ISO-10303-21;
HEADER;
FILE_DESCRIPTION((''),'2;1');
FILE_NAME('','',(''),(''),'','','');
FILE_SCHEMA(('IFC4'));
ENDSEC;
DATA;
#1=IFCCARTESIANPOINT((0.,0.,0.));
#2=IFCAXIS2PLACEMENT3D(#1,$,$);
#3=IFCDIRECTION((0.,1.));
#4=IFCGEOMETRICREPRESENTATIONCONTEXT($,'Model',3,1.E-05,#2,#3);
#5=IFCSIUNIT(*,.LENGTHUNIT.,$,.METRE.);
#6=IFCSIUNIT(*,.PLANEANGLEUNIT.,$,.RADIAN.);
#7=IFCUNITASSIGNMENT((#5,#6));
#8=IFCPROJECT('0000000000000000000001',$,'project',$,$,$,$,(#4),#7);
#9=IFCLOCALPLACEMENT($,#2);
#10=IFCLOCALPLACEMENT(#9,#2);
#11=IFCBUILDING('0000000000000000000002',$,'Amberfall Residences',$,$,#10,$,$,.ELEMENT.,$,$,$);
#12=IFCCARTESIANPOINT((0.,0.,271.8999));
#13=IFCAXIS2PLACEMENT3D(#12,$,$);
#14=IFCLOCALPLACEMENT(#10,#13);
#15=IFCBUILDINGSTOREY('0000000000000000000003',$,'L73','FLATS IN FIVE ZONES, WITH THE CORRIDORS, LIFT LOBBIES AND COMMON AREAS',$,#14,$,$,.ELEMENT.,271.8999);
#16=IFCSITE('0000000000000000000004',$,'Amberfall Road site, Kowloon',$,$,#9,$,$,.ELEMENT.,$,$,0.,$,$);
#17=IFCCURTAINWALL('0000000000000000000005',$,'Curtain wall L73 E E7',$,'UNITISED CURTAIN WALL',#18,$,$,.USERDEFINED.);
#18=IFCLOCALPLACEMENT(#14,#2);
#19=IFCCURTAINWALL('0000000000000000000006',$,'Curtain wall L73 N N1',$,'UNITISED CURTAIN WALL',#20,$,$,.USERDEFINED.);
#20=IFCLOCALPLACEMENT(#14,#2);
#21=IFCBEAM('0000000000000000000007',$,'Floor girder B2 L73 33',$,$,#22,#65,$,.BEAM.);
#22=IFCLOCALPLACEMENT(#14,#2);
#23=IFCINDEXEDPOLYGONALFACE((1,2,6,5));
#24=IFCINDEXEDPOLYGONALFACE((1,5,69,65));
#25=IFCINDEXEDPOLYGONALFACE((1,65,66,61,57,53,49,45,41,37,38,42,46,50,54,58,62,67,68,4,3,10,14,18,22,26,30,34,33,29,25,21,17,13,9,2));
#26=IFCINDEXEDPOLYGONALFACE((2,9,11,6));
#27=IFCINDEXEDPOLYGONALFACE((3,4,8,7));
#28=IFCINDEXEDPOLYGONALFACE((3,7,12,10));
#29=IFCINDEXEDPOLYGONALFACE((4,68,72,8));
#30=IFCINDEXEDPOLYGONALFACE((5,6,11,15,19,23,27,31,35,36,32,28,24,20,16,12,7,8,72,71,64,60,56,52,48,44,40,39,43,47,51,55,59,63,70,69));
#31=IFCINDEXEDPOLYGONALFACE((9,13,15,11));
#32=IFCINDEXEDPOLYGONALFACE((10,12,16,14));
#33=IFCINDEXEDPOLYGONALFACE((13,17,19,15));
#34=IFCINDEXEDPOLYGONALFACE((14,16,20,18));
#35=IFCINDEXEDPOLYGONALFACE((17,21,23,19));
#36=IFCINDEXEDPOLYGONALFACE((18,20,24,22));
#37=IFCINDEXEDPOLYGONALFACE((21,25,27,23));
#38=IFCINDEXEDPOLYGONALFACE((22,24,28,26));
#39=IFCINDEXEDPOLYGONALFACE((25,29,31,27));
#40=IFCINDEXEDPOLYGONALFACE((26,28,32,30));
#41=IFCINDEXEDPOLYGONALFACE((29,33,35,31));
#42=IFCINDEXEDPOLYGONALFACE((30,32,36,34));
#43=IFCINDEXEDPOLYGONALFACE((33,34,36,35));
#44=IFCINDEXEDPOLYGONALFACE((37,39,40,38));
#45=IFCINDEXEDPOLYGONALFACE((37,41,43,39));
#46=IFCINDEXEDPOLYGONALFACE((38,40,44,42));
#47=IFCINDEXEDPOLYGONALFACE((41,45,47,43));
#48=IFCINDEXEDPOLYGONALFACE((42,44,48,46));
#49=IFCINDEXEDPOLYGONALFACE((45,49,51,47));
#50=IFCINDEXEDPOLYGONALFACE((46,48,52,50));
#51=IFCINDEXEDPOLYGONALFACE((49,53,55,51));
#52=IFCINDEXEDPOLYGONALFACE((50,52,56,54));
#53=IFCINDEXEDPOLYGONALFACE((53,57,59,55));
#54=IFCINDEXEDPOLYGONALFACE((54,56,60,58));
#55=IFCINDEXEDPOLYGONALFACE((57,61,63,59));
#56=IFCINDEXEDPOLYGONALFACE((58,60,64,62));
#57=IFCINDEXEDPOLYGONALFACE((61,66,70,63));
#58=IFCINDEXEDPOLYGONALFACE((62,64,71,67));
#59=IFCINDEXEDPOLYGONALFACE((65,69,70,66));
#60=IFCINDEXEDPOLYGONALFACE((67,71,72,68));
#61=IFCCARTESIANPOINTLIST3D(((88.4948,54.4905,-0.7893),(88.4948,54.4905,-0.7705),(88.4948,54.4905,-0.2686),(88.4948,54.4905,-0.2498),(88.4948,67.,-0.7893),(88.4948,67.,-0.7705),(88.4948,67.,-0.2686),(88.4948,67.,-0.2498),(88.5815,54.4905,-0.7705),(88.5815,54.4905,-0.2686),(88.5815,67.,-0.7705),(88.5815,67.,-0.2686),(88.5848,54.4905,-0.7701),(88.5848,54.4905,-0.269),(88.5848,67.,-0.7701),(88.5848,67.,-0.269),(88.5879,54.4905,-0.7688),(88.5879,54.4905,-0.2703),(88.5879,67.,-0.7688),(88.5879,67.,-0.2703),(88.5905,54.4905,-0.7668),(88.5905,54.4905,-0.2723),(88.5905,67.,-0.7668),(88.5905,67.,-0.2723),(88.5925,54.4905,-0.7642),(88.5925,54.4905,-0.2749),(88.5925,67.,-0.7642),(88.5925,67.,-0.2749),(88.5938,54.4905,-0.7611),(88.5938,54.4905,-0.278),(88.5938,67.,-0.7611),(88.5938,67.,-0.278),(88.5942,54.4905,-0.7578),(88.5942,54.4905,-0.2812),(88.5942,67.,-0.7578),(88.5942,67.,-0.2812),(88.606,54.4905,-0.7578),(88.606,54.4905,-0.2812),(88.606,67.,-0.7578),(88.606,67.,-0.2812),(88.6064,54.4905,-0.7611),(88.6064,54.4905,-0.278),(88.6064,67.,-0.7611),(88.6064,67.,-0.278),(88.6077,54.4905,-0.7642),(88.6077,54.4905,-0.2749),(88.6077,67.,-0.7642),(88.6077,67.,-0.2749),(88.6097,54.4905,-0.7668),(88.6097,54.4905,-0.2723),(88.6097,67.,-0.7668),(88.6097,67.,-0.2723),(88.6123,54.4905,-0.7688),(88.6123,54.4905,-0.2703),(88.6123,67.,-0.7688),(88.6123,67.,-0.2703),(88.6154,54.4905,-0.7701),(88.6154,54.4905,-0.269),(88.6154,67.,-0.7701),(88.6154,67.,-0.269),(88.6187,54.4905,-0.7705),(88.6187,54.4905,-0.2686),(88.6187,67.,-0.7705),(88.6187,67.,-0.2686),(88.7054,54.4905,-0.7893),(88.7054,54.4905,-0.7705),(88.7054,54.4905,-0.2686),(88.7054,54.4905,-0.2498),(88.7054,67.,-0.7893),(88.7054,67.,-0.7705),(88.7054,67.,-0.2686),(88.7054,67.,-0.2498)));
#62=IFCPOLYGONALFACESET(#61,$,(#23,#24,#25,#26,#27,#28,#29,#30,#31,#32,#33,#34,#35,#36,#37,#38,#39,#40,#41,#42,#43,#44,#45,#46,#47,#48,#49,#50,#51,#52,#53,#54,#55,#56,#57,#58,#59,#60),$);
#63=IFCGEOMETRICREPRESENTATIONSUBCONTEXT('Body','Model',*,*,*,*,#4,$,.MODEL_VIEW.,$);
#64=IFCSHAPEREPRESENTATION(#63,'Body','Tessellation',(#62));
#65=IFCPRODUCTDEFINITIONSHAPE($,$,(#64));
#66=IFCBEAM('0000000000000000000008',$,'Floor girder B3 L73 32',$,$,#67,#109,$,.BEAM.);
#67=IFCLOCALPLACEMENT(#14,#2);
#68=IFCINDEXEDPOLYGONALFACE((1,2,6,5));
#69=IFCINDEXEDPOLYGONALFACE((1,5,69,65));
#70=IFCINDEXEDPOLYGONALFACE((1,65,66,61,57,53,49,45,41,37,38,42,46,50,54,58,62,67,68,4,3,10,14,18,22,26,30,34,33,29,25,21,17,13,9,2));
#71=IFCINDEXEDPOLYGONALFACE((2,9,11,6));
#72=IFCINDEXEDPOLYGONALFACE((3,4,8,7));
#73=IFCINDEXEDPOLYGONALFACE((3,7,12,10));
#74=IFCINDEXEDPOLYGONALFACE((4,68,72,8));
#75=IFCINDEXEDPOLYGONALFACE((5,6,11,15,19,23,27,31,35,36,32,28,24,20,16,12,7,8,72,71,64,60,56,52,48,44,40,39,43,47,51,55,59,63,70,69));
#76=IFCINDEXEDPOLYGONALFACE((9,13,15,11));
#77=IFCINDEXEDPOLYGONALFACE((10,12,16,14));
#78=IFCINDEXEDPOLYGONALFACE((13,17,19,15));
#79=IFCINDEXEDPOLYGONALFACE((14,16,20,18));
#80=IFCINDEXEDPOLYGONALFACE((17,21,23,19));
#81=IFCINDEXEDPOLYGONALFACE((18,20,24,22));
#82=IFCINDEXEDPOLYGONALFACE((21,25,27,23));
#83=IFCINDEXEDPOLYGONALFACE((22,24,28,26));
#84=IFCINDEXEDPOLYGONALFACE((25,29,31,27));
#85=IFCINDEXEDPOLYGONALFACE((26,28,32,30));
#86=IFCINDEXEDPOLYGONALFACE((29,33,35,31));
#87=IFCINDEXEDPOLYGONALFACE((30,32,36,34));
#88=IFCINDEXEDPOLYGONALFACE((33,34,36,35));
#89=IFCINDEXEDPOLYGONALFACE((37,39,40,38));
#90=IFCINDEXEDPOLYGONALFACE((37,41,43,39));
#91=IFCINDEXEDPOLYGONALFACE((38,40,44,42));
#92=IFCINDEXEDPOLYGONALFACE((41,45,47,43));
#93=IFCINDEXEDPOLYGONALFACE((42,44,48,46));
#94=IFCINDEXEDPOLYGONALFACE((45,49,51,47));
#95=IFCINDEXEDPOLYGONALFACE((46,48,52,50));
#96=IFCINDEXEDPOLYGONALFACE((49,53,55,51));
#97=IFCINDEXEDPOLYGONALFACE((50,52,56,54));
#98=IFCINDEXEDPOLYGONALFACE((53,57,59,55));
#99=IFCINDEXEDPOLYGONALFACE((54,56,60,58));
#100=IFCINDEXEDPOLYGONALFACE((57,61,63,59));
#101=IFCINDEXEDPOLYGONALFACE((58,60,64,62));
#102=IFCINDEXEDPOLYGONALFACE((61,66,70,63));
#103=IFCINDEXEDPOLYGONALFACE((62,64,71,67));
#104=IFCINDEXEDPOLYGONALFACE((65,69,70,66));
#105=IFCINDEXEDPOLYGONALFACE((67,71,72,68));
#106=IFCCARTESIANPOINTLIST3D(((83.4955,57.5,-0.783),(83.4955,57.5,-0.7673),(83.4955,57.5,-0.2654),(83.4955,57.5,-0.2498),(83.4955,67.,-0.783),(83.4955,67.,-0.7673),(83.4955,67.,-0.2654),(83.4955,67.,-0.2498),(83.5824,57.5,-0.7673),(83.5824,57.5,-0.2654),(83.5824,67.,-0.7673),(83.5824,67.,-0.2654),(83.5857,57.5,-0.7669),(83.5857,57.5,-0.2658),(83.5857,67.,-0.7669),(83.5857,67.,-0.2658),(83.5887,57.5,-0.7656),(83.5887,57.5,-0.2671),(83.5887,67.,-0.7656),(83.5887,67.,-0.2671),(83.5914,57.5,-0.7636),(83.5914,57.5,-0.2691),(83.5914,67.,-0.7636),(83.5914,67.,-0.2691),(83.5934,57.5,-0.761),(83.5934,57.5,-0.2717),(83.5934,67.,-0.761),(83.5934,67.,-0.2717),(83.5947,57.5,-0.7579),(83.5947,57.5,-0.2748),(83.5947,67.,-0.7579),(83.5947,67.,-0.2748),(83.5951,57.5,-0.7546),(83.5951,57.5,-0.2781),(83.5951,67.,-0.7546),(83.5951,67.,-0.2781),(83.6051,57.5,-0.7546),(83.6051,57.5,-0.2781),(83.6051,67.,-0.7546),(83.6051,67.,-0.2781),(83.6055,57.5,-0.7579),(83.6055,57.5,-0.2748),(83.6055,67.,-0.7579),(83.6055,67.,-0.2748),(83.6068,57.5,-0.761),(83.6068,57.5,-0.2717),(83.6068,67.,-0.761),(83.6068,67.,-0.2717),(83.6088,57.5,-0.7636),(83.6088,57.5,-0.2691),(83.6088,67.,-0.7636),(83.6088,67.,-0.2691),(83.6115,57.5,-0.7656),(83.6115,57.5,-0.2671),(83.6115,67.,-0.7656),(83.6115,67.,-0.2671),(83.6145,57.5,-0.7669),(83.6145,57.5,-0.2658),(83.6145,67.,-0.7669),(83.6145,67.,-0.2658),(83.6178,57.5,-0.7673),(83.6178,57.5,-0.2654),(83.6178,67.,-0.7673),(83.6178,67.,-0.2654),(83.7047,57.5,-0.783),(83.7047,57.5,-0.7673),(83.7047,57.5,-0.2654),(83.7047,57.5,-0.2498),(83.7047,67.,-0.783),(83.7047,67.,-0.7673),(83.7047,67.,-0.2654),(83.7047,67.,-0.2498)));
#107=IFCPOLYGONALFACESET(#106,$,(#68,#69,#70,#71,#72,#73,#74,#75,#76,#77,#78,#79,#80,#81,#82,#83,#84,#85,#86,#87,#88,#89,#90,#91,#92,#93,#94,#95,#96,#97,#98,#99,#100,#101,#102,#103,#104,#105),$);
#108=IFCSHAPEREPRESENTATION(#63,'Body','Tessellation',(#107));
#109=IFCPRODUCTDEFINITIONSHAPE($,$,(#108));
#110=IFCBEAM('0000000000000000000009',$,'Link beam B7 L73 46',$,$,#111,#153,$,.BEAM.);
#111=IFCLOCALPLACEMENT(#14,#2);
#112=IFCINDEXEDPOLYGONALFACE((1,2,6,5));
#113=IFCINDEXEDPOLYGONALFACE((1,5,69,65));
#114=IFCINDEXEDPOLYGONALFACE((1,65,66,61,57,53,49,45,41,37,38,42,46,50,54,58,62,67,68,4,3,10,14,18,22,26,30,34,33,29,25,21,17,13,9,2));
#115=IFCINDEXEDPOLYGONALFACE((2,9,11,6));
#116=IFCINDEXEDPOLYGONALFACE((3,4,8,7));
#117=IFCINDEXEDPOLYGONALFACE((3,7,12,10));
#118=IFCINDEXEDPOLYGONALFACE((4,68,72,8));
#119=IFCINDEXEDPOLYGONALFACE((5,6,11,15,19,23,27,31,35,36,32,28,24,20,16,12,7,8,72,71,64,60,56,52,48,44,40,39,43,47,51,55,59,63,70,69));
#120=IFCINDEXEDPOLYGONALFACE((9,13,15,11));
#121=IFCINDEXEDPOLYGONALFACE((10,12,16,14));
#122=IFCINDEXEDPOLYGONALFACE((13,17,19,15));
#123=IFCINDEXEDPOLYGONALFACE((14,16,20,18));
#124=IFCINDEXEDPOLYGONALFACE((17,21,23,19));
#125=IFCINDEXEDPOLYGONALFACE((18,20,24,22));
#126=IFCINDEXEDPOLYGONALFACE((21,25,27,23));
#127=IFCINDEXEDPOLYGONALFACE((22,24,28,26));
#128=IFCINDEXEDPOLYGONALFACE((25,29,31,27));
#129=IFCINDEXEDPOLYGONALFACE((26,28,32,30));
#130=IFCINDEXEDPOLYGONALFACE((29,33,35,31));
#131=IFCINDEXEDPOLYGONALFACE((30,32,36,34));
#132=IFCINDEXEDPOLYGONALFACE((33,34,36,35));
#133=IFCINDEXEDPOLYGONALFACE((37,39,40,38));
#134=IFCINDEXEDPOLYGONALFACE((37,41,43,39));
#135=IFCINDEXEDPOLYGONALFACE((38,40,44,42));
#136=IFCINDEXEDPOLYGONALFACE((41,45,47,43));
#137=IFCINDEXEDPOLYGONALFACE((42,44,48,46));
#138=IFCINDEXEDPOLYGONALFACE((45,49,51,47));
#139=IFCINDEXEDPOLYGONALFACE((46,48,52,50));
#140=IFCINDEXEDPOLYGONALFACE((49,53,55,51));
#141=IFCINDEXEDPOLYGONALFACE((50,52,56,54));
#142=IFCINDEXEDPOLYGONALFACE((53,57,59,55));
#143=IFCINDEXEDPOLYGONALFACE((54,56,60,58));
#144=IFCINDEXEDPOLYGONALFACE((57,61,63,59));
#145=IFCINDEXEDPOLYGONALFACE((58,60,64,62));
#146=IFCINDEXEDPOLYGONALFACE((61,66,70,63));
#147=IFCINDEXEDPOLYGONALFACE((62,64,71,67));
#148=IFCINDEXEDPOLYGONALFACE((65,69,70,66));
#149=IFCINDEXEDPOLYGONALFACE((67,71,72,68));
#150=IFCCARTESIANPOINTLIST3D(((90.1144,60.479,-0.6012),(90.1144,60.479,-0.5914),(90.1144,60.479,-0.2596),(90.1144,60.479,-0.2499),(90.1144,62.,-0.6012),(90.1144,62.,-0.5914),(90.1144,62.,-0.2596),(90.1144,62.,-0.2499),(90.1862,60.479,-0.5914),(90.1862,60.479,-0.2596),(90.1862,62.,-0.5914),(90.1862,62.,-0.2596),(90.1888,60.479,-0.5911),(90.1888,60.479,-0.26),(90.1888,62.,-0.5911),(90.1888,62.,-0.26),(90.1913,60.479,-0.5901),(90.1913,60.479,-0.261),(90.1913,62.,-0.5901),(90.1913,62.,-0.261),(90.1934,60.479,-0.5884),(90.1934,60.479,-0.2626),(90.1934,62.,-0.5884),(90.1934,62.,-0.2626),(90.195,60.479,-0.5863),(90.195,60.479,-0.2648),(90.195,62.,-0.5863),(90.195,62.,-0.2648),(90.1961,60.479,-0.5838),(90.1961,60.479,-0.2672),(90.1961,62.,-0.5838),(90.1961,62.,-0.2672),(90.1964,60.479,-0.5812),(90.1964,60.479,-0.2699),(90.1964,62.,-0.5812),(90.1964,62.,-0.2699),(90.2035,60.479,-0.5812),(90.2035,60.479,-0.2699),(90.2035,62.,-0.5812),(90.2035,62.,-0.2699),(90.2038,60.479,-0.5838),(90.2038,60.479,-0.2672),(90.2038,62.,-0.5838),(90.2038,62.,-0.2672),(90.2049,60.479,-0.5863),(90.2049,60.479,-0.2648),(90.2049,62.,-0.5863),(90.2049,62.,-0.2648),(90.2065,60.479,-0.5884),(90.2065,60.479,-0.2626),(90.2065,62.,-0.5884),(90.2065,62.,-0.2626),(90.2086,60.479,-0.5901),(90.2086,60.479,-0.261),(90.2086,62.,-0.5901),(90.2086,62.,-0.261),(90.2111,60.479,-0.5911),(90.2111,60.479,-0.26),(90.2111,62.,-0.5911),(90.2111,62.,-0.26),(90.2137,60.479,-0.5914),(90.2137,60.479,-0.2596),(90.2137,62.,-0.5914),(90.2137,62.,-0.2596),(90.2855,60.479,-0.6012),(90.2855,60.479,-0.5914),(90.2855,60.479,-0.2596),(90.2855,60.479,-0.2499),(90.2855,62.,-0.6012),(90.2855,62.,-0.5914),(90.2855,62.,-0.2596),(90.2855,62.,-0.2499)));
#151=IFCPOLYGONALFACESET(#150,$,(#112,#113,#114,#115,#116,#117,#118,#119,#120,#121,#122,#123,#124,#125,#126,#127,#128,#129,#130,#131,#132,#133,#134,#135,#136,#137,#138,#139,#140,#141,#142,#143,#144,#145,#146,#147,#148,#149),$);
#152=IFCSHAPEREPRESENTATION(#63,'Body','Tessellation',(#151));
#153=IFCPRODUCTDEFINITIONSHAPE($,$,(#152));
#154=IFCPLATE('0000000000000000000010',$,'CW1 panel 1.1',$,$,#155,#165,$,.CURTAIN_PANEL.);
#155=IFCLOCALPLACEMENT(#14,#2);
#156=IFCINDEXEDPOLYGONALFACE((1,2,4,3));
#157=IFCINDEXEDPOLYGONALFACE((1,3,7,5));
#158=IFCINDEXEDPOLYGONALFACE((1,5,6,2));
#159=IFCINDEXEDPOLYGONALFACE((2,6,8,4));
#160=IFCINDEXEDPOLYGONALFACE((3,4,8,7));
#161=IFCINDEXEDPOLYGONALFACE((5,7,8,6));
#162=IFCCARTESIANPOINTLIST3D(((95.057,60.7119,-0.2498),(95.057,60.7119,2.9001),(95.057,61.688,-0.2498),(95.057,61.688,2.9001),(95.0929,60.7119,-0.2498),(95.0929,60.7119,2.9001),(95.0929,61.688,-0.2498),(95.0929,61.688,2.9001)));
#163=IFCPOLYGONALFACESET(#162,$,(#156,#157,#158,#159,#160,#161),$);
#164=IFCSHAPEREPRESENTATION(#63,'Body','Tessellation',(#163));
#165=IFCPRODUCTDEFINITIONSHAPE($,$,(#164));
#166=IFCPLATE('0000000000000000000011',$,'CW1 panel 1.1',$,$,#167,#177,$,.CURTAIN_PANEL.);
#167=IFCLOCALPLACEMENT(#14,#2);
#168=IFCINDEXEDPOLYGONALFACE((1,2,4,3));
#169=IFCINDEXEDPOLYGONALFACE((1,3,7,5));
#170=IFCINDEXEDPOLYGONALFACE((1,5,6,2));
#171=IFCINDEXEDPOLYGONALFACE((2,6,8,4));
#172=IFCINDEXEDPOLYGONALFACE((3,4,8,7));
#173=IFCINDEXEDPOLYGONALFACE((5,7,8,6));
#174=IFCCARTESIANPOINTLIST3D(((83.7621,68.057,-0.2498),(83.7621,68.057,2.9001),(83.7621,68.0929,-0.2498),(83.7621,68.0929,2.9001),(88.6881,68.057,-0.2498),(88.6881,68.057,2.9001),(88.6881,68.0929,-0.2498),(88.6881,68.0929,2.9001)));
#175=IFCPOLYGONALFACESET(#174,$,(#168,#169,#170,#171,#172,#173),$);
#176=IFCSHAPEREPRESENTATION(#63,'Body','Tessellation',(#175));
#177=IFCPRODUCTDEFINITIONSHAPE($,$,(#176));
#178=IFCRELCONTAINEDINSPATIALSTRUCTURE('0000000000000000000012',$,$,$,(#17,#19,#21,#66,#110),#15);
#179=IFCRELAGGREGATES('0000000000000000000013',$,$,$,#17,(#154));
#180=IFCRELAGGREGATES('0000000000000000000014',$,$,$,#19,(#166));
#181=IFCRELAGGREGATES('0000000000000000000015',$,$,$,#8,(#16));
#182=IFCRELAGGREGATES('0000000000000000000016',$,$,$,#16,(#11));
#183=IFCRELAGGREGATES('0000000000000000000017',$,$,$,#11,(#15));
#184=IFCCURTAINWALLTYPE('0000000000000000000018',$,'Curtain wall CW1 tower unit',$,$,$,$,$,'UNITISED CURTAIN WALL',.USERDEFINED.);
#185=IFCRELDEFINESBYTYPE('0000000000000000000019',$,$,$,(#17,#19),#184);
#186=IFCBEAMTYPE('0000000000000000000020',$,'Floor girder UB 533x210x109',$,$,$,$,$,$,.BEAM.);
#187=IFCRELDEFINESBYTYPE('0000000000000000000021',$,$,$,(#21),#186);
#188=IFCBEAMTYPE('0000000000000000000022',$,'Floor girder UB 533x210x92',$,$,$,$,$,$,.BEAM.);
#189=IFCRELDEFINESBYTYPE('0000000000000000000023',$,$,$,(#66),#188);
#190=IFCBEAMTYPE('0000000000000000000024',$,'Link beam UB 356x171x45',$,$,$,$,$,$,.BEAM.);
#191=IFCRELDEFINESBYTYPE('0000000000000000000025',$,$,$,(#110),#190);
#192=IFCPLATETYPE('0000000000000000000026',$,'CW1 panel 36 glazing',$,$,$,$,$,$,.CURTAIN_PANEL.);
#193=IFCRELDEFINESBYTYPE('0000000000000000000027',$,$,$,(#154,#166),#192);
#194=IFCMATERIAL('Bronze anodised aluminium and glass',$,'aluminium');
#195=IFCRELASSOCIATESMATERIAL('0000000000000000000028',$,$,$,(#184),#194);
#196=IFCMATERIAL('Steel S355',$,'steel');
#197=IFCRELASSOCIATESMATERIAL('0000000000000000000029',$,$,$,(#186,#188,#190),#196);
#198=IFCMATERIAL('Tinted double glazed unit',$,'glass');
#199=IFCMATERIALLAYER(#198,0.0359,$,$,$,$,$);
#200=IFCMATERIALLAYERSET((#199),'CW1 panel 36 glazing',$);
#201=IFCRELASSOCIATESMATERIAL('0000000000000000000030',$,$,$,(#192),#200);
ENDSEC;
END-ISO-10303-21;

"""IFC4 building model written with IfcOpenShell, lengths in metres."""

from ifc_helpers import new_model, si_unit, direction, frame, origin, origin_2d, place, context, subcontext, project, spatial, rectangle, i_section, extrude, material, layer, layer_set, material_profile, profile_set, type_object, element, aggregate, save


model = new_model("IFC4")

# Units and contexts
model_context = context("Model", 3, precision=1e-05, world=origin(), true_north=direction((0.0, 1.0)))
body_context = subcontext(model_context, "Body", "Model", "MODEL_VIEW")
ifc_project = project(units=[si_unit("LENGTHUNIT", "METRE"), si_unit("PLANEANGLEUNIT", "RADIAN")], contexts=[model_context])

# Site, building, storey
site_placement = place(None, origin())
site = spatial("IfcSite", under=ifc_project, at=site_placement, Name="Amberfall Road site, Kowloon", CompositionType="ELEMENT", RefElevation=0.0)
building_placement = place(site_placement, origin())
building = spatial("IfcBuilding", under=site, at=building_placement, Name="Amberfall Residences", CompositionType="ELEMENT")
storey_placement = place(building_placement, frame((0.0, 0.0, 271.8999)))
storey = spatial("IfcBuildingStorey", under=building, at=storey_placement, Name="L73", Description="FLATS IN FIVE ZONES, WITH THE CORRIDORS, LIFT LOBBIES AND COMMON AREAS", CompositionType="ELEMENT", Elevation=271.8999)

# Curtain walls
ifc_material_1 = material(Name="Bronze anodised aluminium and glass", Category="aluminium")
curtain_wall_type = type_object("IfcCurtainWallType", Name="Curtain wall CW1 tower unit", ElementType="UNITISED CURTAIN WALL", PredefinedType="USERDEFINED", material=ifc_material_1)
curtain_wall_1_placement = place(storey_placement, origin())
curtain_wall_1 = element("IfcCurtainWall", 1, at=curtain_wall_1_placement, inside=storey, type_object=curtain_wall_type, Name="Curtain wall L73 E E7", ObjectType="UNITISED CURTAIN WALL", PredefinedType="USERDEFINED")
curtain_wall_2_placement = place(storey_placement, origin())
curtain_wall_2 = element("IfcCurtainWall", 2, at=curtain_wall_2_placement, inside=storey, type_object=curtain_wall_type, Name="Curtain wall L73 N N1", ObjectType="UNITISED CURTAIN WALL", PredefinedType="USERDEFINED")

# Shared definitions
ifc_material_2 = material(Name="Steel S355", Category="steel")

# Beams
ifc_material_profile_1 = material_profile(ifc_material_2, i_section(OverallWidth=0.2107, OverallDepth=0.5396, WebThickness=0.0117, FlangeThickness=0.0188, FilletRadius=0.0127, at=origin_2d()), Name="UB 533x210x109")
ifc_profile_set_1 = profile_set([ifc_material_profile_1], Name="Steel S355")
beam_type_1 = type_object("IfcBeamType", Name="Floor girder UB 533x210x109", PredefinedType="BEAM", material=ifc_profile_set_1)
beam_1_placement = place(storey_placement, frame((88.6001, 67.0, -0.5195), z_axis=(0.0, -1.0, 0.0), x_axis=(1.0, 0.0, 0.0)))
element("IfcBeam", 3, at=beam_1_placement, inside=storey, type_object=beam_type_1, Name="Floor girder B2 L73 33", PredefinedType="BEAM", context=body_context, shape_type="SweptSolid", body=[
    extrude(i_section(OverallWidth=0.2107, OverallDepth=0.5396, WebThickness=0.0117, FlangeThickness=0.0188, FilletRadius=0.0127, at=origin_2d()), origin(), (0.0, 0.0, 1.0), 12.5095),
])
ifc_material_profile_2 = material_profile(ifc_material_2, i_section(OverallWidth=0.2092, OverallDepth=0.5332, WebThickness=0.01, FlangeThickness=0.0156, FilletRadius=0.0127, at=origin_2d()), Name="UB 533x210x92")
ifc_profile_set_2 = profile_set([ifc_material_profile_2], Name="Steel S355")
beam_type_2 = type_object("IfcBeamType", Name="Floor girder UB 533x210x92", PredefinedType="BEAM", material=ifc_profile_set_2)
beam_2_placement = place(storey_placement, frame((83.6001, 67.0, -0.5164), z_axis=(0.0, -1.0, 0.0), x_axis=(1.0, 0.0, 0.0)))
element("IfcBeam", 4, at=beam_2_placement, inside=storey, type_object=beam_type_2, Name="Floor girder B3 L73 32", PredefinedType="BEAM", context=body_context, shape_type="SweptSolid", body=[
    extrude(i_section(OverallWidth=0.2092, OverallDepth=0.5332, WebThickness=0.01, FlangeThickness=0.0156, FilletRadius=0.0127, at=origin_2d()), origin(), (0.0, 0.0, 1.0), 9.5),
])
ifc_material_profile_3 = material_profile(ifc_material_2, i_section(OverallWidth=0.1711, OverallDepth=0.3513, WebThickness=0.0071, FlangeThickness=0.0098, FilletRadius=0.0103, at=origin_2d()), Name="UB 356x171x45")
ifc_profile_set_3 = profile_set([ifc_material_profile_3], Name="Steel S355")
beam_type_3 = type_object("IfcBeamType", Name="Link beam UB 356x171x45", PredefinedType="BEAM", material=ifc_profile_set_3)
beam_3_placement = place(storey_placement, frame((90.2, 62.0, -0.4255), z_axis=(0.0, -1.0, 0.0), x_axis=(1.0, 0.0, 0.0)))
element("IfcBeam", 5, at=beam_3_placement, inside=storey, type_object=beam_type_3, Name="Link beam B7 L73 46", PredefinedType="BEAM", context=body_context, shape_type="SweptSolid", body=[
    extrude(i_section(OverallWidth=0.1711, OverallDepth=0.3513, WebThickness=0.0071, FlangeThickness=0.0098, FilletRadius=0.0103, at=origin_2d()), origin(), (0.0, 0.0, 1.0), 1.521),
])

# Plates
ifc_material_3 = material(Name="Tinted double glazed unit", Category="glass")
ifc_layer_1 = layer(ifc_material_3, 0.0359)
ifc_layer_set_1 = layer_set([ifc_layer_1], Name="CW1 panel 36 glazing")
plate_type = type_object("IfcPlateType", Name="CW1 panel 36 glazing", PredefinedType="CURTAIN_PANEL", material=ifc_layer_set_1)
plate_1_placement = place(storey_placement, frame((95.075, 61.2, -0.2498), z_axis=(0.0, 0.0, 1.0), x_axis=(0.0, 1.0, 0.0)))
plate_1 = element("IfcPlate", 6, at=plate_1_placement, type_object=plate_type, Name="CW1 panel 1.1", PredefinedType="CURTAIN_PANEL", context=body_context, shape_type="SweptSolid", body=[
    extrude(rectangle(XDim=0.9761, YDim=0.0359, at=origin_2d()), origin(), (0.0, 0.0, 1.0), 3.1499),
])
aggregate(curtain_wall_1, [plate_1])
plate_2_placement = place(storey_placement, frame((86.2251, 68.075, -0.2498), z_axis=(0.0, 0.0, 1.0), x_axis=(-1.0, 0.0, 0.0)))
plate_2 = element("IfcPlate", 7, at=plate_2_placement, type_object=plate_type, Name="CW1 panel 1.1", PredefinedType="CURTAIN_PANEL", context=body_context, shape_type="SweptSolid", body=[
    extrude(rectangle(XDim=4.926, YDim=0.0359, at=origin_2d()), origin(), (0.0, 0.0, 1.0), 3.1499),
])
aggregate(curtain_wall_2, [plate_2])

save(model, "model.ifc")
